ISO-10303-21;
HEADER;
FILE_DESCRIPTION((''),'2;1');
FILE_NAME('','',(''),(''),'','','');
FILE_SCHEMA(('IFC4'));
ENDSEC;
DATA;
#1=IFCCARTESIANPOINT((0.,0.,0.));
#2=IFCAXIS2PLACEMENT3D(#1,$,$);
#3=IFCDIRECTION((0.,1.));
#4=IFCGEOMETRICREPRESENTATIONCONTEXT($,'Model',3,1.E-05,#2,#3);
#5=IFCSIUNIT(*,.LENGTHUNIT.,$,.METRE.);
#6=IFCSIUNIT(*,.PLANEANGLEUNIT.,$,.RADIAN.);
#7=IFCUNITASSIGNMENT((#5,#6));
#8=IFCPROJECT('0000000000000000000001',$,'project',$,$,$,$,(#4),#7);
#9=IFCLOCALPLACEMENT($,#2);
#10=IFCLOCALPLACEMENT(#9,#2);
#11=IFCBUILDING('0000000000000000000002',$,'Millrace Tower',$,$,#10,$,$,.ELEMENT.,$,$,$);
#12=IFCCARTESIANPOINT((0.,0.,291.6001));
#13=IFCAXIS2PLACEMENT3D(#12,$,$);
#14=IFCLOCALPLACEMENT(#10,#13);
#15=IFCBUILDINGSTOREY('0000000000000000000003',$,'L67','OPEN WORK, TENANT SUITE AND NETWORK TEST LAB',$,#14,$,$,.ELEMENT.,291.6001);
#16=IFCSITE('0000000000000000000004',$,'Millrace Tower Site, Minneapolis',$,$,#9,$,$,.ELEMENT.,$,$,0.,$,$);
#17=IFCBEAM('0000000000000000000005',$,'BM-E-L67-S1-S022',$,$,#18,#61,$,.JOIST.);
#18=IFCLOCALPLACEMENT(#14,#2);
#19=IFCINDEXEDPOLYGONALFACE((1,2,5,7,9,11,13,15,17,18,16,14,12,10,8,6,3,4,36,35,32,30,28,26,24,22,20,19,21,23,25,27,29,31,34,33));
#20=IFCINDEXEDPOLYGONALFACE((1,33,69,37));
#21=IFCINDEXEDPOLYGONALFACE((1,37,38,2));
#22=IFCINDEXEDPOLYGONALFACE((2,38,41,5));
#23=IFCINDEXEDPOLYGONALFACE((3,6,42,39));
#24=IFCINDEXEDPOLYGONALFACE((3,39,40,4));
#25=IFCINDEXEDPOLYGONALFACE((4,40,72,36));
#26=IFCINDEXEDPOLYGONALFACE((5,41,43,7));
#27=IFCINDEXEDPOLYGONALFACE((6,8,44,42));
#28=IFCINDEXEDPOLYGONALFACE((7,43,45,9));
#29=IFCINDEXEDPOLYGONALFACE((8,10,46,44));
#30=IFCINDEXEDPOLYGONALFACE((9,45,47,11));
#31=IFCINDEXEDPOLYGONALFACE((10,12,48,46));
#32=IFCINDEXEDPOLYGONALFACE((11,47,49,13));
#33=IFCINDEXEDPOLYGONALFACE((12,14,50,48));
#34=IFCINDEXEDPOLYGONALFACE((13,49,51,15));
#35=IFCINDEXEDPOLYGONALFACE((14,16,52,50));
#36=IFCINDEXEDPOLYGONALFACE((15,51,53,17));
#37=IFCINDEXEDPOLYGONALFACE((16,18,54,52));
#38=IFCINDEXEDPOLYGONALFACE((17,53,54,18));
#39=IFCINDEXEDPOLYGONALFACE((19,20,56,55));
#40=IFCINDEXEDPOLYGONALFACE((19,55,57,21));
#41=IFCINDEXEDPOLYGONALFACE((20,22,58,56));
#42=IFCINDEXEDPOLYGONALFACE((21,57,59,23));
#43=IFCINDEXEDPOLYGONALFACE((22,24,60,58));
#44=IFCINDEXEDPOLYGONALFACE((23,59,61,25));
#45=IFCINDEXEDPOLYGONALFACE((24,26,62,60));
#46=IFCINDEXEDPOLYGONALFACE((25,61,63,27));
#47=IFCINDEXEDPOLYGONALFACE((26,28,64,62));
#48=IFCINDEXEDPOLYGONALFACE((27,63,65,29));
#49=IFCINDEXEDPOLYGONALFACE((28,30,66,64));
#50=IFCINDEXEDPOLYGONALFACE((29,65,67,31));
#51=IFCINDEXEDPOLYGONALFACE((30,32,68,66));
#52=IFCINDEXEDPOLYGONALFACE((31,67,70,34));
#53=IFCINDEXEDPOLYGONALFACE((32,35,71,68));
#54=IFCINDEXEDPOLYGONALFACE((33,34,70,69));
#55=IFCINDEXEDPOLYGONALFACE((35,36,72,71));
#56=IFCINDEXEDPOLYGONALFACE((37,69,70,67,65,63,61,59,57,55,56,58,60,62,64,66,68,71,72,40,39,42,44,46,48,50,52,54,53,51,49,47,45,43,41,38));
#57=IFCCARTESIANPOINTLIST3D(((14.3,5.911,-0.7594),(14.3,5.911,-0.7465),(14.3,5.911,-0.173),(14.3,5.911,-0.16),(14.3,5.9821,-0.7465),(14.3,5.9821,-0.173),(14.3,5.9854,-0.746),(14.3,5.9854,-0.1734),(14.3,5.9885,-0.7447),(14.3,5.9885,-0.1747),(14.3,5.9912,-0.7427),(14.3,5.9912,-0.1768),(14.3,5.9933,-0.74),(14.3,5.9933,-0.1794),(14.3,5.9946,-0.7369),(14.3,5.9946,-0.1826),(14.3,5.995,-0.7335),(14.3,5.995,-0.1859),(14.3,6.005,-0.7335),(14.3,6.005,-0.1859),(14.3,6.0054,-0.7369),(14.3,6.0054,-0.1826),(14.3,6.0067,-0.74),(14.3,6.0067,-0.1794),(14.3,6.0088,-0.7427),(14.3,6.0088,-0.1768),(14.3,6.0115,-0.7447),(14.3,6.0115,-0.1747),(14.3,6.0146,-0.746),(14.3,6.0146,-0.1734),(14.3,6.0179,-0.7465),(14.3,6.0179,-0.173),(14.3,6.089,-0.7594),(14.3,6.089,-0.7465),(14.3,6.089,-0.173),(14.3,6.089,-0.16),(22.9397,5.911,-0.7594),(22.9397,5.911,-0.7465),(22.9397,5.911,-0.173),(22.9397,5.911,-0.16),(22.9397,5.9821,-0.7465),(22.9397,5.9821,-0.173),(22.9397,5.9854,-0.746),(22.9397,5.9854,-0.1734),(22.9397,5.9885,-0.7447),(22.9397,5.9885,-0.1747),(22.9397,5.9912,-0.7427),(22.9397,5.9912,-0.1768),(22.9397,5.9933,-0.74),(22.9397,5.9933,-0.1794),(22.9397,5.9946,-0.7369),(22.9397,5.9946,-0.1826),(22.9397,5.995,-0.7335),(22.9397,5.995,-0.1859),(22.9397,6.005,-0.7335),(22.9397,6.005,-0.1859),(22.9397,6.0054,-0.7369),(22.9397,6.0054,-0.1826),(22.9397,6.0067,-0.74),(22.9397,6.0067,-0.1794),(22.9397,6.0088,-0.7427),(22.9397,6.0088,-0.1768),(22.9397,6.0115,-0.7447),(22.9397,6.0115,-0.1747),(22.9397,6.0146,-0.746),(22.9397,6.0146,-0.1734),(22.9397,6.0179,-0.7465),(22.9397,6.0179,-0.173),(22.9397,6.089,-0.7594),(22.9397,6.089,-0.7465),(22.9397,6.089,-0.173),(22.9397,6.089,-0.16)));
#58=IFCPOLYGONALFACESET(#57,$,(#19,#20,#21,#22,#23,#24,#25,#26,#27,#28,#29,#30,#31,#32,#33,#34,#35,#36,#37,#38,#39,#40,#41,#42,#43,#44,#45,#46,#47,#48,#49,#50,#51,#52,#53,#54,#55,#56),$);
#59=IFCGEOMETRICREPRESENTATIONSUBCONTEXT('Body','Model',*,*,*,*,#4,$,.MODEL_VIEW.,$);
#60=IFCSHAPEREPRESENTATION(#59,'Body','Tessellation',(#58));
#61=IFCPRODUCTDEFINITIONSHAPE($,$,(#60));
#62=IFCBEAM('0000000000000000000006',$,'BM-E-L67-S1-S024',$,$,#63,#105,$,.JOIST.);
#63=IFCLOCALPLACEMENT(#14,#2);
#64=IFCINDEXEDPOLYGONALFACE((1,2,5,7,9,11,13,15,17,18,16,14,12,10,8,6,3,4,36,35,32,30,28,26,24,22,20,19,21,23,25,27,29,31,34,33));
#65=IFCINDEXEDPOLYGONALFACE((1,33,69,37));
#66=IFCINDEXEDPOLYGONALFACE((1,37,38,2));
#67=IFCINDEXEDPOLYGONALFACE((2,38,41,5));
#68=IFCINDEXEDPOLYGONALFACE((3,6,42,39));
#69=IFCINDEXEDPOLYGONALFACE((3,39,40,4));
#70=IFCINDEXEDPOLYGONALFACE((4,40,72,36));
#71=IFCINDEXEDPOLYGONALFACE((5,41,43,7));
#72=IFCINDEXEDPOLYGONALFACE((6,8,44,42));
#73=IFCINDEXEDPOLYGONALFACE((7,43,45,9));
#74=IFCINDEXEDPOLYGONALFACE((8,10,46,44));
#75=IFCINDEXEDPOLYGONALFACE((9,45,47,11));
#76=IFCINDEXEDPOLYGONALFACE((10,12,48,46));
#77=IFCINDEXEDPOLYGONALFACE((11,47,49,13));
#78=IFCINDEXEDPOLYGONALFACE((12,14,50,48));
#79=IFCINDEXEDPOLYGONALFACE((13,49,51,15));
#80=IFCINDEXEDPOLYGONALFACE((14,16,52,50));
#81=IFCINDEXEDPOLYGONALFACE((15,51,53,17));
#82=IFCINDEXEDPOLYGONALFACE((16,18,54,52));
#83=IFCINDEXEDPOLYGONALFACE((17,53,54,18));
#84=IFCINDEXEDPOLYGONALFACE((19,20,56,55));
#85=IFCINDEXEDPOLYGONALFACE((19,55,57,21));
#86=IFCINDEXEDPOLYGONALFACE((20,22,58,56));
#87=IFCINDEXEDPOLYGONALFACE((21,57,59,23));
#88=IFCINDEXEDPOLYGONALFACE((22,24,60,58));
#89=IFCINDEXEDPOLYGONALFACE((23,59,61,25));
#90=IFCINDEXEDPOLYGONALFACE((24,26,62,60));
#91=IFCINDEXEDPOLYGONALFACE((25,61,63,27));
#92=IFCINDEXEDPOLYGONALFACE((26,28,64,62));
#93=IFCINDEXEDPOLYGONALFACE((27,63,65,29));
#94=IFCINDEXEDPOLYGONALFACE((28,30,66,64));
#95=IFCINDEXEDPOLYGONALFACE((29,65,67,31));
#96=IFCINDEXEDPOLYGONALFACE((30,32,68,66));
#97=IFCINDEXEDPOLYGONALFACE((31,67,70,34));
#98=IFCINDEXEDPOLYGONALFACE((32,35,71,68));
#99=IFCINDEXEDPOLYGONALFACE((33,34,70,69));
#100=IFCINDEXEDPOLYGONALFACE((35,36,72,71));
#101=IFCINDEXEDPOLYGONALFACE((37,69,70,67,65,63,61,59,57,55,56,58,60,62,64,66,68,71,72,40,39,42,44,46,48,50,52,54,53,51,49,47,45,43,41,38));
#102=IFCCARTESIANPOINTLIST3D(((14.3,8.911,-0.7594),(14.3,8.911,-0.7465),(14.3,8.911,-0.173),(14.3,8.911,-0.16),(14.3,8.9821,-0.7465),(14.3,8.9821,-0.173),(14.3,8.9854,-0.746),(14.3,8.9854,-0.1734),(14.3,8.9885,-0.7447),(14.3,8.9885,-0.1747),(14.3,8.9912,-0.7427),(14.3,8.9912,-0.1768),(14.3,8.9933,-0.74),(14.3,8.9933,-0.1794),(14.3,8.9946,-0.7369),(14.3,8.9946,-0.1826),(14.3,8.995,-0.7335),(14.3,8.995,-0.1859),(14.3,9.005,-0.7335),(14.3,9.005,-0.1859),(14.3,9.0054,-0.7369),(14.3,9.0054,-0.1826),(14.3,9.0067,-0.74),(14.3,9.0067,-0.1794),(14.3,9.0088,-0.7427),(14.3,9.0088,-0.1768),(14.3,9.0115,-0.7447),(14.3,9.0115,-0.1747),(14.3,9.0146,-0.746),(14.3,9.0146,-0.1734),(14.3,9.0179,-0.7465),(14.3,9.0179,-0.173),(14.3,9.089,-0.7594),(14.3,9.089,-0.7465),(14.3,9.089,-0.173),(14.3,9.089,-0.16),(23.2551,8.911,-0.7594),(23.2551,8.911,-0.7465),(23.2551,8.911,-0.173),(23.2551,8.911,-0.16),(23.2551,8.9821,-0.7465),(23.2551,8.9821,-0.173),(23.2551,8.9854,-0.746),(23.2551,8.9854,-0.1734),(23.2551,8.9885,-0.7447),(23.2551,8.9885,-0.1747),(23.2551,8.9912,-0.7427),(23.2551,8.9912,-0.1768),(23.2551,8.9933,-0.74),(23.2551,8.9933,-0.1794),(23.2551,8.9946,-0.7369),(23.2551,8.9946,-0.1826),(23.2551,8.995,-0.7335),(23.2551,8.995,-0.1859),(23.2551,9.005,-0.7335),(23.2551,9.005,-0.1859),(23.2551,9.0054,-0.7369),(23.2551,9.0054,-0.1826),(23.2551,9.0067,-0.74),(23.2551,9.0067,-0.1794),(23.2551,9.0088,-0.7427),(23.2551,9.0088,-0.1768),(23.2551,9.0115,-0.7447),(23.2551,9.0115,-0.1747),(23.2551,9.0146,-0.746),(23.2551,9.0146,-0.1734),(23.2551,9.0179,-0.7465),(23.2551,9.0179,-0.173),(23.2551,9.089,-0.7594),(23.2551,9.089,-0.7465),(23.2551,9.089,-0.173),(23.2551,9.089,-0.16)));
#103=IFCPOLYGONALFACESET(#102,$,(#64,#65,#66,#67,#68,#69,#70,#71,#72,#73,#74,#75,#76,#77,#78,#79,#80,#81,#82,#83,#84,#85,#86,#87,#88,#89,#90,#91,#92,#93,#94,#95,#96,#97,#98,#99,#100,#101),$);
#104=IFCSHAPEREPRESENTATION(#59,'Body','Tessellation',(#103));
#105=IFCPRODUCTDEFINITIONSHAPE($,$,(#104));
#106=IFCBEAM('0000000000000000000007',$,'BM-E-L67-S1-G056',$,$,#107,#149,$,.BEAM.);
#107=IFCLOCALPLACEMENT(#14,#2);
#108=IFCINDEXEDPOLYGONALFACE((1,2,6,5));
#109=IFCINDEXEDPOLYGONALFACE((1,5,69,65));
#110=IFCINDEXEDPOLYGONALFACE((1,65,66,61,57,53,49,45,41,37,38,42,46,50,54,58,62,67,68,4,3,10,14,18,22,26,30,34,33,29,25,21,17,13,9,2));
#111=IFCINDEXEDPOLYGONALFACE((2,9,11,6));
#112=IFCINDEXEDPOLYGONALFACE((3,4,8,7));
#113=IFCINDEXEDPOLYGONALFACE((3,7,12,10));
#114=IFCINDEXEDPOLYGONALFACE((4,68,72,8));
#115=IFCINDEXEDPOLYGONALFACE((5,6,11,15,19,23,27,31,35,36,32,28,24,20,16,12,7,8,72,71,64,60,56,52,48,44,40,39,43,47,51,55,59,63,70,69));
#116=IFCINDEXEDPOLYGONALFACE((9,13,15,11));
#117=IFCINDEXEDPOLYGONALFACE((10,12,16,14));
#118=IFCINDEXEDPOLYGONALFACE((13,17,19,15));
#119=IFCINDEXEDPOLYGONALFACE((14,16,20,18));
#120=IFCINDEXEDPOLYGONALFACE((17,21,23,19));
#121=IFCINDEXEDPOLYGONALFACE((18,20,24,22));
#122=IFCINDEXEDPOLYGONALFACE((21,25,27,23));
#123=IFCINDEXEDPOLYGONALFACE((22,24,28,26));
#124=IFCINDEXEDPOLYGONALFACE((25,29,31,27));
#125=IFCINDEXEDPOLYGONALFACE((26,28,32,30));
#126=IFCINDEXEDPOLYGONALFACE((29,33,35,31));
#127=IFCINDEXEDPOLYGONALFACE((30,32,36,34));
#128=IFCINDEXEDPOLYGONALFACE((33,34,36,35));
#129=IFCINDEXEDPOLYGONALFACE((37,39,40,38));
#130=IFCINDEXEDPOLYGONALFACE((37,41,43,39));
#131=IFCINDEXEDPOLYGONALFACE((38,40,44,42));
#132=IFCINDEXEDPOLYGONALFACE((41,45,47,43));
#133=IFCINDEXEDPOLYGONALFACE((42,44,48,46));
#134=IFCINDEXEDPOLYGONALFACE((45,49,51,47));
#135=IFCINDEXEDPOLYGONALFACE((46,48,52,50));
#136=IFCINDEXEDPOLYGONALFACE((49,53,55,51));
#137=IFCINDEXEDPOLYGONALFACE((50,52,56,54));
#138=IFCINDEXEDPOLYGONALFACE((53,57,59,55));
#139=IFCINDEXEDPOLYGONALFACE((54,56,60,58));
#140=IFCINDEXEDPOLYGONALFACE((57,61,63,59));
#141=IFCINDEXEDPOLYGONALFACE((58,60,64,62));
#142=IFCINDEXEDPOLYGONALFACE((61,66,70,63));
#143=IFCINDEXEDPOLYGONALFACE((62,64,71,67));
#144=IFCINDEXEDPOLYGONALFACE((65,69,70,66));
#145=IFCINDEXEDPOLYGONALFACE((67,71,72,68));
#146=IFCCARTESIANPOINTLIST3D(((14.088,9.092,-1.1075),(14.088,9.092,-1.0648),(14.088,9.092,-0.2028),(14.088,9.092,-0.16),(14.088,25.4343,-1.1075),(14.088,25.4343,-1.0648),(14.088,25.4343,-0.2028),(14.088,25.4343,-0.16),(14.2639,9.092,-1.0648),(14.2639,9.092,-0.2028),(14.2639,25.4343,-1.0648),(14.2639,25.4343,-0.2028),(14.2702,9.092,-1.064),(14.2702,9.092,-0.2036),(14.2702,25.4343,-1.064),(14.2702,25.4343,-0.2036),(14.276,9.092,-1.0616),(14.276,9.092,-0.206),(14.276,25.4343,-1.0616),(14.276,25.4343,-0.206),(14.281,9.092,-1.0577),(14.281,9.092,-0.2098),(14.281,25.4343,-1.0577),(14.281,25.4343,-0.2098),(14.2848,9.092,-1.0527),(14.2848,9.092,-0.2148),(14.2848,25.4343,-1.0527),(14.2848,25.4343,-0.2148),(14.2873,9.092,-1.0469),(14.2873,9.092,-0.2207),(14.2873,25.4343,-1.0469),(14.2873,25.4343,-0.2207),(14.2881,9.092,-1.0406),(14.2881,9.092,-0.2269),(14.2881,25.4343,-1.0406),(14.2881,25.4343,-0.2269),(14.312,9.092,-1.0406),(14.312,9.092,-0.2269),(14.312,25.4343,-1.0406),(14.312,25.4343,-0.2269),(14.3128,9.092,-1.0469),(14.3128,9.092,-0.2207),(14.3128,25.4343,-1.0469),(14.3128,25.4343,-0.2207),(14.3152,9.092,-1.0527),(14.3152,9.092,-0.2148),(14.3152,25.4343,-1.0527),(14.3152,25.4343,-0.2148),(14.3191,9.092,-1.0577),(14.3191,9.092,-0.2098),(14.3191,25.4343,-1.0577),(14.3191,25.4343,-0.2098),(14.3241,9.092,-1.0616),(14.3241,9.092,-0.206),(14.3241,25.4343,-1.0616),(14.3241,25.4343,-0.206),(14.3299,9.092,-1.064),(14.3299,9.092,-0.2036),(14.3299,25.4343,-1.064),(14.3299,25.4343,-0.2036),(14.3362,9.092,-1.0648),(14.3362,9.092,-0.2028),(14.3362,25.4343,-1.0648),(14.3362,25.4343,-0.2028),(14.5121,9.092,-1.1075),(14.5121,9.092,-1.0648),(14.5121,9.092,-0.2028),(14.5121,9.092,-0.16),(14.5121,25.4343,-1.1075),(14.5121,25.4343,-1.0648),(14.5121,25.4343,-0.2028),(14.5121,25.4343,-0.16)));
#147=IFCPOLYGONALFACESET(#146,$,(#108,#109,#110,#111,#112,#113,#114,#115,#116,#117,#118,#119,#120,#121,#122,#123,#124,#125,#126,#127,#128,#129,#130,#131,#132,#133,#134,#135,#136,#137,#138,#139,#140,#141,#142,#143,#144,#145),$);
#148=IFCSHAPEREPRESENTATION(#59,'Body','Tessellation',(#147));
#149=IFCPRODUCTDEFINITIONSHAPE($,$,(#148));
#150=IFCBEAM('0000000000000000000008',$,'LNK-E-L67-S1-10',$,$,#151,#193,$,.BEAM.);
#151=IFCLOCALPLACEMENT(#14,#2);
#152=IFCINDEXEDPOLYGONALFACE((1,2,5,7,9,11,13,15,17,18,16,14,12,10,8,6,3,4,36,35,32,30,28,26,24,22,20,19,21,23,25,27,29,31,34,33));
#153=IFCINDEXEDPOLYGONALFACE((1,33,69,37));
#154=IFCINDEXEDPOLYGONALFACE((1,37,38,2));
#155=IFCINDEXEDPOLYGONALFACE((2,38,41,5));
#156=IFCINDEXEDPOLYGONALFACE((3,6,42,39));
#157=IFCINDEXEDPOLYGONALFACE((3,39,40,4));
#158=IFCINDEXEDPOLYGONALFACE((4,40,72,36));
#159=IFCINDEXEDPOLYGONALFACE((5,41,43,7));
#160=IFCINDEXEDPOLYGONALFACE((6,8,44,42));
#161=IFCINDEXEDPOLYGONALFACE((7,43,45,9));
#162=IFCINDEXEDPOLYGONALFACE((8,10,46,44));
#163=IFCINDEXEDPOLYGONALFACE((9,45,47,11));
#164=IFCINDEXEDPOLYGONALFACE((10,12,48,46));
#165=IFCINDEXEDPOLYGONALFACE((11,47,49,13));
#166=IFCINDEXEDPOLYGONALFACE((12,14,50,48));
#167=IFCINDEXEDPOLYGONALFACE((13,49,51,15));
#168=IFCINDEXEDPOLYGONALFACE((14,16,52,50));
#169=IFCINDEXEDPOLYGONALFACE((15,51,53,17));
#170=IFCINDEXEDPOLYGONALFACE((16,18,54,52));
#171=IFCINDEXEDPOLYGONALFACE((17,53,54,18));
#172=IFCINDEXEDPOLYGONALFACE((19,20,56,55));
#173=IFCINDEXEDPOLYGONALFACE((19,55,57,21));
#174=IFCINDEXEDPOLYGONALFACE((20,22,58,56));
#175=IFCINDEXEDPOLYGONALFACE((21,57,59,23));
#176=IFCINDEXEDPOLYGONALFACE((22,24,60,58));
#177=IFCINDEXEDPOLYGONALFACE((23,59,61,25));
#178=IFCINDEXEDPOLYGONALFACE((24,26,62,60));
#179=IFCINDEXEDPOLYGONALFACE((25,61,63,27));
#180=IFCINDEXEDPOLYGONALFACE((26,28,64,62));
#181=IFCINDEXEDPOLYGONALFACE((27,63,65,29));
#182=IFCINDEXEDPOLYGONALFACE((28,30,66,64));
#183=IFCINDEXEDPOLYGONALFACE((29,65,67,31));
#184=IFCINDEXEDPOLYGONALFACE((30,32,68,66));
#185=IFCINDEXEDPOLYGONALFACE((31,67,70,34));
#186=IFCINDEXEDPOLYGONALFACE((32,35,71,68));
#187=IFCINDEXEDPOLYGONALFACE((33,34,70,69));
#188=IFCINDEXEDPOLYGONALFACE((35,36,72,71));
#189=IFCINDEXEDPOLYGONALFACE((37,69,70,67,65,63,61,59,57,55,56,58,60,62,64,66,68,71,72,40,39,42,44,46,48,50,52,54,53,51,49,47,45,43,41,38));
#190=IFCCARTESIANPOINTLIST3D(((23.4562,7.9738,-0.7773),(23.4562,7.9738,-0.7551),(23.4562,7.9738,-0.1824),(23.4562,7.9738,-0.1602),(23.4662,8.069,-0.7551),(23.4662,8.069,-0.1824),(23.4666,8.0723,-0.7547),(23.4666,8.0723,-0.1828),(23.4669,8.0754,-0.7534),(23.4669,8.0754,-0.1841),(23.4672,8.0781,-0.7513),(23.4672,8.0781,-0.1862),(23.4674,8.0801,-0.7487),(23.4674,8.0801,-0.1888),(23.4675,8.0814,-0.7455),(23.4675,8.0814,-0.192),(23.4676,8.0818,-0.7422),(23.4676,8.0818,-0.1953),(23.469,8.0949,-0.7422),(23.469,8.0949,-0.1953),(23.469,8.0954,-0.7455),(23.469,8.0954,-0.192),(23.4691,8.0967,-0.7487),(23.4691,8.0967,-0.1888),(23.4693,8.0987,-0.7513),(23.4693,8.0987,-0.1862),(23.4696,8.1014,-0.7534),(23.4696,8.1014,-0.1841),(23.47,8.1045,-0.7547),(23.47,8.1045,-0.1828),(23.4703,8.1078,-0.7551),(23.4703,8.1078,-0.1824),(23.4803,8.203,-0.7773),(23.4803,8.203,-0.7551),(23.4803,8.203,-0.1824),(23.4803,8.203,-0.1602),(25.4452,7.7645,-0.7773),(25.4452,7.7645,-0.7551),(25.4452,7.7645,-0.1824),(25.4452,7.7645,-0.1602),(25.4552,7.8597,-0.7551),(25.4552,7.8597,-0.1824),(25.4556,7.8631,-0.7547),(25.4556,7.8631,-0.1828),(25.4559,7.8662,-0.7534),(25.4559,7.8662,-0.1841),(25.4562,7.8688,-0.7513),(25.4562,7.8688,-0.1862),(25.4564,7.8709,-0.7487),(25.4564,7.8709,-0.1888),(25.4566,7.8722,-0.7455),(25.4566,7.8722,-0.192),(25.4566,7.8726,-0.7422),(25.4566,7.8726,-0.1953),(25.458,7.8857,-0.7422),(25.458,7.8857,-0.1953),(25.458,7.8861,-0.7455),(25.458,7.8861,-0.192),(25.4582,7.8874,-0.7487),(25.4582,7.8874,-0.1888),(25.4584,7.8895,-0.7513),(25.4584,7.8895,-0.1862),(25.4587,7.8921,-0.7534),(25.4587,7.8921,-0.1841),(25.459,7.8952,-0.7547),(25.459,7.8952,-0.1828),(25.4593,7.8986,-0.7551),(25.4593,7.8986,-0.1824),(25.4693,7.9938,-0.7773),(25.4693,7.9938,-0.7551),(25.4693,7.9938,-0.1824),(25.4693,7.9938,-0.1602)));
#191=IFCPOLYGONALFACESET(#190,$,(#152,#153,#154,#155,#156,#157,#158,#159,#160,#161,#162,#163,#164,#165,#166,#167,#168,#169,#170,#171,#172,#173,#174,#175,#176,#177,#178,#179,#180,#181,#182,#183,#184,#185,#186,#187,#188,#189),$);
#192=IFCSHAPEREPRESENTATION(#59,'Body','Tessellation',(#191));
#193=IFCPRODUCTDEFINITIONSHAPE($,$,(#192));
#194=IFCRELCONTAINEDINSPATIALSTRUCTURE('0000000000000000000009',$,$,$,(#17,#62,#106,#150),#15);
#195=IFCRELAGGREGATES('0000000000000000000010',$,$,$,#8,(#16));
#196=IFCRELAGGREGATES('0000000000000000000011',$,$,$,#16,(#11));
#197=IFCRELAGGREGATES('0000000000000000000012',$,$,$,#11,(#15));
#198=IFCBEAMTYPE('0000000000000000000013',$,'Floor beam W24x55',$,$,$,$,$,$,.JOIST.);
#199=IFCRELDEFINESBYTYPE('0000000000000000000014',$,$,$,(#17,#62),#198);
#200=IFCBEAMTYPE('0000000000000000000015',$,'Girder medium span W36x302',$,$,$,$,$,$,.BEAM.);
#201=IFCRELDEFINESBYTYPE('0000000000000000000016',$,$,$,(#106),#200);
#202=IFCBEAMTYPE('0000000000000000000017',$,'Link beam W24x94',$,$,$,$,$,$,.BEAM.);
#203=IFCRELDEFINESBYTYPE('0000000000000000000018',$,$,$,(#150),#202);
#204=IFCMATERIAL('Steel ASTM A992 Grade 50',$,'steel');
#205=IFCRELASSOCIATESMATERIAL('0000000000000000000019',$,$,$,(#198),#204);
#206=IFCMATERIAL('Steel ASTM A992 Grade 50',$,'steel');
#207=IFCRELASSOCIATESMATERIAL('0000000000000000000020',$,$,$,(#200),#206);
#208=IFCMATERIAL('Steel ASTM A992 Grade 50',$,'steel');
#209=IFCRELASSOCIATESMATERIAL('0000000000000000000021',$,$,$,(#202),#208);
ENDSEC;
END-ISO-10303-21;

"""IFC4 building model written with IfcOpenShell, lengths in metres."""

from ifc_helpers import new_model, si_unit, direction, frame, origin, origin_2d, place, context, subcontext, project, spatial, i_section, extrude, material, material_profile, profile_set, type_object, element, save


model = new_model("IFC4")

# Units and contexts
model_context = context("Model", 3, precision=1e-05, world=origin(), true_north=direction((0.0, 1.0)))
body_context = subcontext(model_context, "Body", "Model", "MODEL_VIEW")
ifc_project = project(units=[si_unit("LENGTHUNIT", "METRE"), si_unit("PLANEANGLEUNIT", "RADIAN")], contexts=[model_context])

# Site, building, storey
site_placement = place(None, origin())
site = spatial("IfcSite", under=ifc_project, at=site_placement, Name="Millrace Tower Site, Minneapolis", CompositionType="ELEMENT", RefElevation=0.0)
building_placement = place(site_placement, origin())
building = spatial("IfcBuilding", under=site, at=building_placement, Name="Millrace Tower", CompositionType="ELEMENT")
storey_placement = place(building_placement, frame((0.0, 0.0, 291.6001)))
storey = spatial("IfcBuildingStorey", under=building, at=storey_placement, Name="L67", Description="OPEN WORK, TENANT SUITE AND NETWORK TEST LAB", CompositionType="ELEMENT", Elevation=291.6001)

# Beams
ifc_material_1 = material(Name="Steel ASTM A992 Grade 50", Category="steel")
ifc_material_profile_1 = material_profile(ifc_material_1, i_section(OverallWidth=0.178, OverallDepth=0.5994, WebThickness=0.01, FlangeThickness=0.0129, FilletRadius=0.0129, at=origin_2d()))
ifc_profile_set_1 = profile_set([ifc_material_profile_1], Name="Steel ASTM A992 Grade 50")
beam_type_1 = type_object("IfcBeamType", Name="Floor beam W24x55", PredefinedType="JOIST", material=ifc_profile_set_1)
beam_1_placement = place(storey_placement, frame((14.3, 6.0, -0.4597), z_axis=(1.0, 0.0, 0.0), x_axis=(0.0, 1.0, 0.0)))
element("IfcBeam", 1, at=beam_1_placement, inside=storey, type_object=beam_type_1, Name="BM-E-L67-S1-S022", PredefinedType="JOIST", context=body_context, shape_type="SweptSolid", body=[
    extrude(i_section(OverallWidth=0.178, OverallDepth=0.5994, WebThickness=0.01, FlangeThickness=0.0129, FilletRadius=0.0129, at=origin_2d()), origin(), (0.0, 0.0, 1.0), 8.6396),
])
beam_2_placement = place(storey_placement, frame((14.3, 9.0, -0.4597), z_axis=(1.0, 0.0, 0.0), x_axis=(0.0, 1.0, 0.0)))
element("IfcBeam", 2, at=beam_2_placement, inside=storey, type_object=beam_type_1, Name="BM-E-L67-S1-S024", PredefinedType="JOIST", context=body_context, shape_type="SweptSolid", body=[
    extrude(i_section(OverallWidth=0.178, OverallDepth=0.5994, WebThickness=0.01, FlangeThickness=0.0129, FilletRadius=0.0129, at=origin_2d()), origin(), (0.0, 0.0, 1.0), 8.9551),
])
ifc_material_2 = material(Name="Steel ASTM A992 Grade 50", Category="steel")
ifc_material_profile_2 = material_profile(ifc_material_2, i_section(OverallWidth=0.4241, OverallDepth=0.9475, WebThickness=0.0239, FlangeThickness=0.0427, FilletRadius=0.0242, at=origin_2d()))
ifc_profile_set_2 = profile_set([ifc_material_profile_2], Name="Steel ASTM A992 Grade 50")
beam_type_2 = type_object("IfcBeamType", Name="Girder medium span W36x302", PredefinedType="BEAM", material=ifc_profile_set_2)
beam_3_placement = place(storey_placement, frame((14.3, 9.092, -0.6338), z_axis=(0.0, 1.0, 0.0), x_axis=(-1.0, 0.0, 0.0)))
element("IfcBeam", 3, at=beam_3_placement, inside=storey, type_object=beam_type_2, Name="BM-E-L67-S1-G056", PredefinedType="BEAM", context=body_context, shape_type="SweptSolid", body=[
    extrude(i_section(OverallWidth=0.4241, OverallDepth=0.9475, WebThickness=0.0239, FlangeThickness=0.0427, FilletRadius=0.0242, at=origin_2d()), origin(), (0.0, 0.0, 1.0), 16.3423),
])
ifc_material_3 = material(Name="Steel ASTM A992 Grade 50", Category="steel")
ifc_material_profile_3 = material_profile(ifc_material_3, i_section(OverallWidth=0.2305, OverallDepth=0.6172, WebThickness=0.0132, FlangeThickness=0.0222, FilletRadius=0.0129, at=origin_2d()))
ifc_profile_set_3 = profile_set([ifc_material_profile_3], Name="Steel ASTM A992 Grade 50")
beam_type_3 = type_object("IfcBeamType", Name="Link beam W24x94", PredefinedType="BEAM", material=ifc_profile_set_3)
beam_4_placement = place(storey_placement, frame((23.4683, 8.0884, -0.4688), z_axis=(0.994513, -0.104615, 0.0), x_axis=(0.104615, 0.994513, 0.0)))
element("IfcBeam", 4, at=beam_4_placement, inside=storey, type_object=beam_type_3, Name="LNK-E-L67-S1-10", PredefinedType="BEAM", context=body_context, shape_type="SweptSolid", body=[
    extrude(i_section(OverallWidth=0.2305, OverallDepth=0.6172, WebThickness=0.0132, FlangeThickness=0.0222, FilletRadius=0.0129, at=origin_2d()), origin(), (0.0, 0.0, 1.0), 2.0),
])

save(model, "model.ifc")
